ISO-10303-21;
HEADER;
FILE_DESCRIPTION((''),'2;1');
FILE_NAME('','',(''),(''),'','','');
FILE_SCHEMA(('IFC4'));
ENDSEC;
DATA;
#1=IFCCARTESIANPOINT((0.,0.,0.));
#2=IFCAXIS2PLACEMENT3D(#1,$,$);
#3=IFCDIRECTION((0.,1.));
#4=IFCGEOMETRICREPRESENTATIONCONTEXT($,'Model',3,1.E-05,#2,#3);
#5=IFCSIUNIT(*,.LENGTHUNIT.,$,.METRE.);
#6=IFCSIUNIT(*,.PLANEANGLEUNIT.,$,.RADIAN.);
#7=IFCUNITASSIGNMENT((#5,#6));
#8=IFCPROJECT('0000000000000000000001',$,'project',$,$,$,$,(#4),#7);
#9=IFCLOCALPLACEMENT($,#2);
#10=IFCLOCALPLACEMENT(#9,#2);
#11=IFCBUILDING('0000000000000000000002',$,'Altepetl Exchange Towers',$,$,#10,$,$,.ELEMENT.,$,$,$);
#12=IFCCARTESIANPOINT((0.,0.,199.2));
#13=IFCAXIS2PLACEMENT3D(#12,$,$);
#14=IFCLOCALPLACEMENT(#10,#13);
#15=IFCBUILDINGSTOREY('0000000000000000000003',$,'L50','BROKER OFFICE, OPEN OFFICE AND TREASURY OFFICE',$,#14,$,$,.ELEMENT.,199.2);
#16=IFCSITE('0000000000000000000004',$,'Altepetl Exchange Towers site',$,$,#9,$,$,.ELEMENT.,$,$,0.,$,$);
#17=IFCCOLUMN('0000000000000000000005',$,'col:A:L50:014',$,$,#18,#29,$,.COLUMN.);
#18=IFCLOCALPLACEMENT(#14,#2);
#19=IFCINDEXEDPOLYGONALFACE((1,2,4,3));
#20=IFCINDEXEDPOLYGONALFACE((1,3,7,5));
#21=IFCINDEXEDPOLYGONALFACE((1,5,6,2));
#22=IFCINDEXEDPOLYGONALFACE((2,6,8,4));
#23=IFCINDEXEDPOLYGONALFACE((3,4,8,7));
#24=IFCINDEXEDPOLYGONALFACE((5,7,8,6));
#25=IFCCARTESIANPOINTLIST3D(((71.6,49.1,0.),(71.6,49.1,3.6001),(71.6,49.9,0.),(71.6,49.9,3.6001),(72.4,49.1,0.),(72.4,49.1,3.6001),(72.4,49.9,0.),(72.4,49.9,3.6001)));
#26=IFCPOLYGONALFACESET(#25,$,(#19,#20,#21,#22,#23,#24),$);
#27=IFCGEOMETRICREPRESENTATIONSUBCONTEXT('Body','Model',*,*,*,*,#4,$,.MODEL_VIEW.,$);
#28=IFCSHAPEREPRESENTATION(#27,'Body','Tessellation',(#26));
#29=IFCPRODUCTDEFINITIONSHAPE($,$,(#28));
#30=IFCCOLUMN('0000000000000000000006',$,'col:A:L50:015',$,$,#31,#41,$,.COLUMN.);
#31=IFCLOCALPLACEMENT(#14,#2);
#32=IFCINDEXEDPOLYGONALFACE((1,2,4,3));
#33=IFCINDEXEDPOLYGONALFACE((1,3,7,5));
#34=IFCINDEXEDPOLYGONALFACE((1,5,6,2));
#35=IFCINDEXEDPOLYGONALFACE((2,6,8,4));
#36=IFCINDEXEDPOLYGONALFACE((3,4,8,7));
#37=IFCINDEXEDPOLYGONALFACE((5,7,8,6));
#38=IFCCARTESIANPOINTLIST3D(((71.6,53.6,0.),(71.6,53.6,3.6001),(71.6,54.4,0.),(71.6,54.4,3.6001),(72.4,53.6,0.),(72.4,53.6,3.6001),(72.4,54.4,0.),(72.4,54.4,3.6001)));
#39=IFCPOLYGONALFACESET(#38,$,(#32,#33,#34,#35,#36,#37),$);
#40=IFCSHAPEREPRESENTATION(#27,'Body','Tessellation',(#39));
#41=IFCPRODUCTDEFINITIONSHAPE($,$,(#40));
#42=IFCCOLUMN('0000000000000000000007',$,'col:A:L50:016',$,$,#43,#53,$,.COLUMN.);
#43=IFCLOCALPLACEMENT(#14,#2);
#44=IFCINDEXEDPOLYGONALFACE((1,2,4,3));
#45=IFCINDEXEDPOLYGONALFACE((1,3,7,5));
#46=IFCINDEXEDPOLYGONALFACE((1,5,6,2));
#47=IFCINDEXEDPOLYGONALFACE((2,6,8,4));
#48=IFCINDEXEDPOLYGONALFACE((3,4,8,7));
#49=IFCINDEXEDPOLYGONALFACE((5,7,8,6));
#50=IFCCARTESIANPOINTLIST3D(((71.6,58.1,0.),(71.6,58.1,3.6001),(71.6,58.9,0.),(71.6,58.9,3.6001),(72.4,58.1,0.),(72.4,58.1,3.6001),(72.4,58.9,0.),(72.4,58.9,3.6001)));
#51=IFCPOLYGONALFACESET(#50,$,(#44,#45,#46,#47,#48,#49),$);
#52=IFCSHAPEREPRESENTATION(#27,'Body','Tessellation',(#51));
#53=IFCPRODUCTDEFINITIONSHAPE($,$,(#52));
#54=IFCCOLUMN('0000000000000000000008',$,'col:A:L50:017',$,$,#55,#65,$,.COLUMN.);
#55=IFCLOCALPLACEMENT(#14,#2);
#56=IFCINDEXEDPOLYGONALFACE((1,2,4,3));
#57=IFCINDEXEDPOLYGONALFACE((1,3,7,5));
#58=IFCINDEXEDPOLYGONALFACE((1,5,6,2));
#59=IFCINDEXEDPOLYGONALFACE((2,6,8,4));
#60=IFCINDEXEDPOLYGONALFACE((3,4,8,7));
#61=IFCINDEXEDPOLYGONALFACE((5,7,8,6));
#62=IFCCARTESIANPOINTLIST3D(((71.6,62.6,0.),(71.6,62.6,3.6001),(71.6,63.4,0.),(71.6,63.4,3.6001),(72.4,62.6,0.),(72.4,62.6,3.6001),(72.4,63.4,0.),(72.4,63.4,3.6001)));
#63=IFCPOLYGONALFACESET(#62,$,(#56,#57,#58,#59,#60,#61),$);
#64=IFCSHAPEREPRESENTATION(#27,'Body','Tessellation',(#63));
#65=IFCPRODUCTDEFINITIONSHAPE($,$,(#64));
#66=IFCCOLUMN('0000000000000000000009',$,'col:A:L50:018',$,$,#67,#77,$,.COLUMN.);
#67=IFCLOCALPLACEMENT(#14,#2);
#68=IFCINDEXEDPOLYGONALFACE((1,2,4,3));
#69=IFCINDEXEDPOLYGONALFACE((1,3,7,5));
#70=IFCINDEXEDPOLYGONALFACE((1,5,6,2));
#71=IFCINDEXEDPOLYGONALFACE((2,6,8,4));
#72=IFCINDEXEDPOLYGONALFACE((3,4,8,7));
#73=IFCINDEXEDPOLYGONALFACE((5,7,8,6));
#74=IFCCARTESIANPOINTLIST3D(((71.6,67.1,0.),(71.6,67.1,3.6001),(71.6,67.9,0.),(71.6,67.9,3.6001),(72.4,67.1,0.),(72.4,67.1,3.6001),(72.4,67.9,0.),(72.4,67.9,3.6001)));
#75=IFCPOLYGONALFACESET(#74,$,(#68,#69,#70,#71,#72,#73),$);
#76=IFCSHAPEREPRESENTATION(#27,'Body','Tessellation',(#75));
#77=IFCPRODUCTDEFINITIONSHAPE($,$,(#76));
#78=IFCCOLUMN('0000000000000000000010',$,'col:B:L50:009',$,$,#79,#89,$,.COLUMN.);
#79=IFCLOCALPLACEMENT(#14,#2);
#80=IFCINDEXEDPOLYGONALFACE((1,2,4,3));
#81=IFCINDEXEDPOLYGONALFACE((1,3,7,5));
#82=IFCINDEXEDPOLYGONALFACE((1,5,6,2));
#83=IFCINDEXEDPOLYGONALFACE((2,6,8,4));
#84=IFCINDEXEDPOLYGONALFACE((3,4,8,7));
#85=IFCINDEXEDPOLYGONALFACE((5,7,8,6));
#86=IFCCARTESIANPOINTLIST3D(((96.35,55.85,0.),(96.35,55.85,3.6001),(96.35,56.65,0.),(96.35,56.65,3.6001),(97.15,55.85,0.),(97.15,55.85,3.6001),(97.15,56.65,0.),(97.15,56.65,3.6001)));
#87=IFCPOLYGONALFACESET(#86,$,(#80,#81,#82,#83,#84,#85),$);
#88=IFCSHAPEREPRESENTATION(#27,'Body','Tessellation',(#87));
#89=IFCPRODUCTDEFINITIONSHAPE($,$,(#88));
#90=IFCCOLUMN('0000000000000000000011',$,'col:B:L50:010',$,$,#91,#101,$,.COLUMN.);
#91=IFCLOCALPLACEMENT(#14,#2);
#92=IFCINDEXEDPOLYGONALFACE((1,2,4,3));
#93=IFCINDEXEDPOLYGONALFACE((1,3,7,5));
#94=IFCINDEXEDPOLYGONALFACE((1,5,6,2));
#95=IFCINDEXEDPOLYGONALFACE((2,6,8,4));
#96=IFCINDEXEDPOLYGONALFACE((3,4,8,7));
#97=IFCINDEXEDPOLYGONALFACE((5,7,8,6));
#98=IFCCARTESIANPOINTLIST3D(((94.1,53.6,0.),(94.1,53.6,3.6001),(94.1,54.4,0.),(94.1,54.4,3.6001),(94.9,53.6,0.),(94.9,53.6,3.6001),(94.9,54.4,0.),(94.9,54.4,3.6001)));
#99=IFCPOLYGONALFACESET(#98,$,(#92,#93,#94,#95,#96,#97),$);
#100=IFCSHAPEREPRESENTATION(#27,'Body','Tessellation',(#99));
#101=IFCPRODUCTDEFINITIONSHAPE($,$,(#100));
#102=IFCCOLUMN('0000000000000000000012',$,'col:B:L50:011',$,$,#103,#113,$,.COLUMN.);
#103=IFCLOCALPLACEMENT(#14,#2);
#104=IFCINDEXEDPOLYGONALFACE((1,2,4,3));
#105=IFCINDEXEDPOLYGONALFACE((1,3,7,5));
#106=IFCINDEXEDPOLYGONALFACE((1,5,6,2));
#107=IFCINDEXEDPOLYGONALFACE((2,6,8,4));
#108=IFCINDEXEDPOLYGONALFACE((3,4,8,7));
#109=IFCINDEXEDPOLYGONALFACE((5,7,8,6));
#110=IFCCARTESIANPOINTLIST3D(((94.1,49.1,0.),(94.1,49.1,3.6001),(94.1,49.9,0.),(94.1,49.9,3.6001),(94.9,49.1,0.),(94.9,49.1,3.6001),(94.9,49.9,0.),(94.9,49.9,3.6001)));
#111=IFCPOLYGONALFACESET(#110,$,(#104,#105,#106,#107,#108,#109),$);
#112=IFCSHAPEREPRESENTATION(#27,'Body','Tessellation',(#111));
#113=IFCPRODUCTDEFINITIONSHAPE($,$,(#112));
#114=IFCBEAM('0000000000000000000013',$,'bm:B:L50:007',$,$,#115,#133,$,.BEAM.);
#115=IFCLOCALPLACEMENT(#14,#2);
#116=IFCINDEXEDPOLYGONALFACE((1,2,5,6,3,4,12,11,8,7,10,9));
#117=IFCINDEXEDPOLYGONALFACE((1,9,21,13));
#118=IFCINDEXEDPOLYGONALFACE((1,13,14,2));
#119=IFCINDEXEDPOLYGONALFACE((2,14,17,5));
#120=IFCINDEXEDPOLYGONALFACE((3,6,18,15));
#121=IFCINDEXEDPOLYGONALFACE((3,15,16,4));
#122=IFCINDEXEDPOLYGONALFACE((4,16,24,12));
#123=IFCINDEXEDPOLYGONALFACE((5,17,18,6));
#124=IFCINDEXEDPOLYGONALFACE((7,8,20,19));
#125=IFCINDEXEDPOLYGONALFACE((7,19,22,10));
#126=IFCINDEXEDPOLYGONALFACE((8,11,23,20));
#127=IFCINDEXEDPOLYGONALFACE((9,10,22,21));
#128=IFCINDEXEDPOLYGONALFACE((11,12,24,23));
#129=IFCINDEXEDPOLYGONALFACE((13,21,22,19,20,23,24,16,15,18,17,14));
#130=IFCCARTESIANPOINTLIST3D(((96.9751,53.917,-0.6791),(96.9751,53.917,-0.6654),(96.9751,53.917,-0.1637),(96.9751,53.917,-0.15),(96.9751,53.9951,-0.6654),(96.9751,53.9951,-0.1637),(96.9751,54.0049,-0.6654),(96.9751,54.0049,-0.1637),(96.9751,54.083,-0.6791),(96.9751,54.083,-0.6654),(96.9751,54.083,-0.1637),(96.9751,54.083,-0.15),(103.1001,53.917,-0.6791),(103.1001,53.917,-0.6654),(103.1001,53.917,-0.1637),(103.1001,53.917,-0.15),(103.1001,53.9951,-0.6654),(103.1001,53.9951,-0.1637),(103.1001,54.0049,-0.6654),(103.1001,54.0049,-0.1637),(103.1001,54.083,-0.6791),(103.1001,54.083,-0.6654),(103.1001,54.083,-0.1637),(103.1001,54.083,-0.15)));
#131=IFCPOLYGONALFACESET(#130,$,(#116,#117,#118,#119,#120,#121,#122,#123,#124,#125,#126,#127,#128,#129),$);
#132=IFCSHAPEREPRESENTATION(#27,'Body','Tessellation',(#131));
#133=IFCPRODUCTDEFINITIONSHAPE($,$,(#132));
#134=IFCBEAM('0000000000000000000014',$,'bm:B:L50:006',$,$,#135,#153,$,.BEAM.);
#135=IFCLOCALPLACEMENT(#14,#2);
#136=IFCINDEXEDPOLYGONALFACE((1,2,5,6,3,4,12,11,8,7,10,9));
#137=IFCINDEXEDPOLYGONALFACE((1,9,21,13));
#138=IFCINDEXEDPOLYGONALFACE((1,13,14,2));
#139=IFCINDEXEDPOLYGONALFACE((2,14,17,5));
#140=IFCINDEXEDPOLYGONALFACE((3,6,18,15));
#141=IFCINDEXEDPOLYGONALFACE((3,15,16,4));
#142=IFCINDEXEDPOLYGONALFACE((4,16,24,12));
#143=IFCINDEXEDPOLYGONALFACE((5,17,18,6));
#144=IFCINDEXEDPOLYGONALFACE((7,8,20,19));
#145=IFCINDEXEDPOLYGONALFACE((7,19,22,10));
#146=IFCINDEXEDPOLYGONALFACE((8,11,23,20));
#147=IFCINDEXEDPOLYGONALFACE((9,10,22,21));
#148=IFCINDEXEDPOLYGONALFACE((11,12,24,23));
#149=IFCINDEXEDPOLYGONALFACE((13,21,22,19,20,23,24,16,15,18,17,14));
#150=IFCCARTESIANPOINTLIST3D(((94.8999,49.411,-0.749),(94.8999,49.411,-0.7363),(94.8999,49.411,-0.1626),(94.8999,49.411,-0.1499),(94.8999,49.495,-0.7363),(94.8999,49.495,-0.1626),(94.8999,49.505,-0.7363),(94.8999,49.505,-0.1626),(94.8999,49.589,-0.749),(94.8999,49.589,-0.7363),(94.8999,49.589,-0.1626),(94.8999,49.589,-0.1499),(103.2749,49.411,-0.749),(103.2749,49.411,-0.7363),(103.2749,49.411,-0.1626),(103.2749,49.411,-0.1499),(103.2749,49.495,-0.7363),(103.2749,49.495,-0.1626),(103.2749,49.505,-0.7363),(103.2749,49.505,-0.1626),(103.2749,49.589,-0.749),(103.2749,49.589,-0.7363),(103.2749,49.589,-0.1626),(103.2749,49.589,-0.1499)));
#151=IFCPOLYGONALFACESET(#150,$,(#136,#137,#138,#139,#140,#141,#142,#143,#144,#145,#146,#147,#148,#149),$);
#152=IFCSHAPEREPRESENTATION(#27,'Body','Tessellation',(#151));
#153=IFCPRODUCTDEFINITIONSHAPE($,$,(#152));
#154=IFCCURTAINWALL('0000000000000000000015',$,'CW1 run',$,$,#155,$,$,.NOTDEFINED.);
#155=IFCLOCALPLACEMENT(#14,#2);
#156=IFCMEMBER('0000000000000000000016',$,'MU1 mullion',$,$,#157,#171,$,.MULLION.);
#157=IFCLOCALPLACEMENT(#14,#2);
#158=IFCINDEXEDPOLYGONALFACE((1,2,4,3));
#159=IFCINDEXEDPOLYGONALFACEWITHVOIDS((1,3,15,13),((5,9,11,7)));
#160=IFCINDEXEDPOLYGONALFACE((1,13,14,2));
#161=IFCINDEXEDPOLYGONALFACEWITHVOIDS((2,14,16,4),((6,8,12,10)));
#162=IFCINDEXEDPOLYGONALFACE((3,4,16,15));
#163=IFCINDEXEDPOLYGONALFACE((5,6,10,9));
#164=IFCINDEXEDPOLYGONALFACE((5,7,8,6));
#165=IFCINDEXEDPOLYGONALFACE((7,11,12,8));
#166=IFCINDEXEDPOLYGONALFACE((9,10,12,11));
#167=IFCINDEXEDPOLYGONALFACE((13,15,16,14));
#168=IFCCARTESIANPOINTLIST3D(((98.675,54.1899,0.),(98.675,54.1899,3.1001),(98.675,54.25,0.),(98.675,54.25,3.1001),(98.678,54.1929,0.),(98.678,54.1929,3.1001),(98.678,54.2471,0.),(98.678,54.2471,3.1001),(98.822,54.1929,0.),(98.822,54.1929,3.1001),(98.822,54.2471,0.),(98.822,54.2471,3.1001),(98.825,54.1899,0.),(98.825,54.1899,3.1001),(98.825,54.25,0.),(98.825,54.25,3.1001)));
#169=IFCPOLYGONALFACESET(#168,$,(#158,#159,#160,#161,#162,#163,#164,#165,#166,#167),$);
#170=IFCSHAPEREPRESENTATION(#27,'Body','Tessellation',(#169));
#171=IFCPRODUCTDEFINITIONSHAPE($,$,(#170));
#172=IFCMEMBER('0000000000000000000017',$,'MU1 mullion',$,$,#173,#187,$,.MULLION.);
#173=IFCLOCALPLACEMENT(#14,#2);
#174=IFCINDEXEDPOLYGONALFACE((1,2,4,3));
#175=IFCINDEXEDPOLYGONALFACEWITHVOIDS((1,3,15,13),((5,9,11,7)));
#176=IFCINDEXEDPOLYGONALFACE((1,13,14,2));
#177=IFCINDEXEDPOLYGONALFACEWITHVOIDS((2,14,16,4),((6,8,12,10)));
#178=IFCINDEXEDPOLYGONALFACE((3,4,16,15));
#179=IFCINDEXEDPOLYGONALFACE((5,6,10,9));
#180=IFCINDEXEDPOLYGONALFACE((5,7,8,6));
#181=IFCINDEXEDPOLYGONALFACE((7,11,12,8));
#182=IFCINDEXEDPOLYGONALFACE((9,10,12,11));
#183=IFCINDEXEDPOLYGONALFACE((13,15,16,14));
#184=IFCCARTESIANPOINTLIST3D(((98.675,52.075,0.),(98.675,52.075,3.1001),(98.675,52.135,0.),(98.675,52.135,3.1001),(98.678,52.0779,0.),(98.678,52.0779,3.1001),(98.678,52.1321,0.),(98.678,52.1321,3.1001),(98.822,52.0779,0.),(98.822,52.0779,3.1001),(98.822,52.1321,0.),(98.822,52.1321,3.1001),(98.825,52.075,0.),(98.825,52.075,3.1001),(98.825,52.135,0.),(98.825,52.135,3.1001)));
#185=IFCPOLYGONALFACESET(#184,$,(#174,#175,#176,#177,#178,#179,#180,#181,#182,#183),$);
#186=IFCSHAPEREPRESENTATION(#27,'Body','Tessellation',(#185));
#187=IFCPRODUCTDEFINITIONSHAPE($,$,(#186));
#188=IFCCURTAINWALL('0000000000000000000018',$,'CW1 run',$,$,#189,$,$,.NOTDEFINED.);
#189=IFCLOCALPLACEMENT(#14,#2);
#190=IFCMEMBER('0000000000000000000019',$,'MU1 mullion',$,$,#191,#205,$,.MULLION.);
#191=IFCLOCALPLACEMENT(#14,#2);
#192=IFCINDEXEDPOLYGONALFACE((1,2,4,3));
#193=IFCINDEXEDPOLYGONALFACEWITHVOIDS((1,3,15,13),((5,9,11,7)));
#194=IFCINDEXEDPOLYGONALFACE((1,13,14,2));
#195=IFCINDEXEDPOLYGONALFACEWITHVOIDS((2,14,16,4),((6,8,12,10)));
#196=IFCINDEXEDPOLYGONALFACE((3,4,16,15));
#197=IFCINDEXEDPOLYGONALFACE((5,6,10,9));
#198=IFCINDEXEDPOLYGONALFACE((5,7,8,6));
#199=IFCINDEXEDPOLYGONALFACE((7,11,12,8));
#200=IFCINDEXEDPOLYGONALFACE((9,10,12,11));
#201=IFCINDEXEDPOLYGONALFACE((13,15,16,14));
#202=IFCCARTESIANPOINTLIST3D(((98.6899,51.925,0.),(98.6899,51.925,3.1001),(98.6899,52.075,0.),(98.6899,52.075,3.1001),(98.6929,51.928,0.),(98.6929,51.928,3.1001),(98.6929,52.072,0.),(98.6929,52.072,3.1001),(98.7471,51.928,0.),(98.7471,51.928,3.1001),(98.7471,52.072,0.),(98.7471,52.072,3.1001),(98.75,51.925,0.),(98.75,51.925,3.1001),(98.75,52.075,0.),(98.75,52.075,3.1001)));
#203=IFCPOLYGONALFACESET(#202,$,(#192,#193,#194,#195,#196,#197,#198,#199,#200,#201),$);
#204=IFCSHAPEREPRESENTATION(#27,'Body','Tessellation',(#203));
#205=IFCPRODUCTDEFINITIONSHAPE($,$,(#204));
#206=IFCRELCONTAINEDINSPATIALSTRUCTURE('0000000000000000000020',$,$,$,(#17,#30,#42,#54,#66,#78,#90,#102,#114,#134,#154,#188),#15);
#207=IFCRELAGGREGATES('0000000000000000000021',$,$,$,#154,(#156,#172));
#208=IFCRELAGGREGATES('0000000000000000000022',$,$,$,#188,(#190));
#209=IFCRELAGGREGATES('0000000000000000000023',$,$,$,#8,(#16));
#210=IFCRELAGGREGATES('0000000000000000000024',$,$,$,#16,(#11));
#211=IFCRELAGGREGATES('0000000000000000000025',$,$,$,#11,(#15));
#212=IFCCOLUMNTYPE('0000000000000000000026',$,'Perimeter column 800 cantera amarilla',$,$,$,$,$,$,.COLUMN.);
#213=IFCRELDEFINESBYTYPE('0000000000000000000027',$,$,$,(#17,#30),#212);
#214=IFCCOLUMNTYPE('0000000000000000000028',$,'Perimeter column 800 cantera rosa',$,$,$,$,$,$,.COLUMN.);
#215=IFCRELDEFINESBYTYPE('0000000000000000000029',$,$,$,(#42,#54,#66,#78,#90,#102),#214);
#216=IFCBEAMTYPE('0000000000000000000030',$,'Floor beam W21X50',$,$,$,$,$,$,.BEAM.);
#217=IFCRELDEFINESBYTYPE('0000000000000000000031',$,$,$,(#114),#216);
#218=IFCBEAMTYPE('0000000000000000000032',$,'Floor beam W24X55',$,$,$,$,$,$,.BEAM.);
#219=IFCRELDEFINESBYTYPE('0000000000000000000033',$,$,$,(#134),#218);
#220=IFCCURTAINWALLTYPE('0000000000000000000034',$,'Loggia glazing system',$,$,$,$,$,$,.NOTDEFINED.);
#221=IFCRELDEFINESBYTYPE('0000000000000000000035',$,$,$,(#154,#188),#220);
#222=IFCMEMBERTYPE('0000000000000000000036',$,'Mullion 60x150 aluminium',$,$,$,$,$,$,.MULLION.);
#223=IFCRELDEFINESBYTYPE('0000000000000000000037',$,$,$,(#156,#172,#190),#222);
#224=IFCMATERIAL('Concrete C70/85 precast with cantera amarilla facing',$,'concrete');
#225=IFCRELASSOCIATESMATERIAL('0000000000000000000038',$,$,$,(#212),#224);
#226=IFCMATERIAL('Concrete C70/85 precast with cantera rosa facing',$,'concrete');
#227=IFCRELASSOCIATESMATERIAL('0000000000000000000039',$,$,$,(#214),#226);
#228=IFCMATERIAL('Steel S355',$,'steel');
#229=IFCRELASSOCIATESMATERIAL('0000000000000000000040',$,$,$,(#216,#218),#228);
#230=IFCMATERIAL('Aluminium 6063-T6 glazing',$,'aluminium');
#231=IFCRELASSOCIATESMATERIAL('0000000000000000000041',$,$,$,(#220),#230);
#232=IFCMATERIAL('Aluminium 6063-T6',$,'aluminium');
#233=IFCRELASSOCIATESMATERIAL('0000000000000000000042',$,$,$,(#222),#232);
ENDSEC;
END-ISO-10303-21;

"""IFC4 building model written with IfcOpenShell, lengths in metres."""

from ifc_helpers import new_model, si_unit, direction, frame, origin, origin_2d, place, context, subcontext, project, spatial, rectangle, hollow_rectangle, i_section, extrude, material, material_profile, profile_set, type_object, element, aggregate, save


model = new_model("IFC4")

# Units and contexts
model_context = context("Model", 3, precision=1e-05, world=origin(), true_north=direction((0.0, 1.0)))
body_context = subcontext(model_context, "Body", "Model", "MODEL_VIEW")
ifc_project = project(units=[si_unit("LENGTHUNIT", "METRE"), si_unit("PLANEANGLEUNIT", "RADIAN")], contexts=[model_context])

# Site, building, storey
site_placement = place(None, origin())
site = spatial("IfcSite", under=ifc_project, at=site_placement, Name="Altepetl Exchange Towers site", CompositionType="ELEMENT", RefElevation=0.0)
building_placement = place(site_placement, origin())
building = spatial("IfcBuilding", under=site, at=building_placement, Name="Altepetl Exchange Towers", CompositionType="ELEMENT")
storey_placement = place(building_placement, frame((0.0, 0.0, 199.2)))
storey = spatial("IfcBuildingStorey", under=building, at=storey_placement, Name="L50", Description="BROKER OFFICE, OPEN OFFICE AND TREASURY OFFICE", CompositionType="ELEMENT", Elevation=199.2)

# Columns
ifc_material_1 = material(Name="Concrete C70/85 precast with cantera amarilla facing", Category="concrete")
ifc_material_profile_1 = material_profile(ifc_material_1, rectangle(XDim=0.8, YDim=0.8, at=origin_2d()), Name="800 x 800")
ifc_profile_set_1 = profile_set([ifc_material_profile_1], Name="Concrete C70/85 precast with cantera amarilla facing")
column_type_1 = type_object("IfcColumnType", Name="Perimeter column 800 cantera amarilla", PredefinedType="COLUMN", material=ifc_profile_set_1)
for number, where, name in (
    (1, (72.0, 49.5, 0.0), "col:A:L50:014"),
    (2, (72.0, 54.0, 0.0), "col:A:L50:015"),
):
    element("IfcColumn", number, at=place(storey_placement, frame(where)), inside=storey, type_object=column_type_1, Name=name, PredefinedType="COLUMN", context=body_context, shape_type="SweptSolid", body=[
        extrude(rectangle(XDim=0.8, YDim=0.8, at=origin_2d()), origin(), (0.0, 0.0, 1.0), 3.6001),
    ])
ifc_material_2 = material(Name="Concrete C70/85 precast with cantera rosa facing", Category="concrete")
ifc_material_profile_2 = material_profile(ifc_material_2, rectangle(XDim=0.8, YDim=0.8, at=origin_2d()), Name="800 x 800")
ifc_profile_set_2 = profile_set([ifc_material_profile_2], Name="Concrete C70/85 precast with cantera rosa facing")
column_type_2 = type_object("IfcColumnType", Name="Perimeter column 800 cantera rosa", PredefinedType="COLUMN", material=ifc_profile_set_2)
for number, where, name in (
    (3, (72.0, 58.5, 0.0), "col:A:L50:016"),
    (4, (72.0, 63.0, 0.0), "col:A:L50:017"),
    (5, (72.0, 67.5, 0.0), "col:A:L50:018"),
    (6, (96.75, 56.25, 0.0), "col:B:L50:009"),
    (7, (94.5, 54.0, 0.0), "col:B:L50:010"),
    (8, (94.5, 49.5, 0.0), "col:B:L50:011"),
):
    element("IfcColumn", number, at=place(storey_placement, frame(where)), inside=storey, type_object=column_type_2, Name=name, PredefinedType="COLUMN", context=body_context, shape_type="SweptSolid", body=[
        extrude(rectangle(XDim=0.8, YDim=0.8, at=origin_2d()), origin(), (0.0, 0.0, 1.0), 3.6001),
    ])

# Beams
ifc_material_3 = material(Name="Steel S355", Category="steel")
ifc_material_profile_3 = material_profile(ifc_material_3, i_section(OverallWidth=0.166, OverallDepth=0.5291, WebThickness=0.0098, FlangeThickness=0.0137, at=origin_2d()), Name="W21X50")
ifc_profile_set_3 = profile_set([ifc_material_profile_3], Name="Steel S355")
beam_type_1 = type_object("IfcBeamType", Name="Floor beam W21X50", PredefinedType="BEAM", material=ifc_profile_set_3)
beam_1_placement = place(storey_placement, frame((96.9751, 54.0, -0.4146), z_axis=(1.0, 0.0, 0.0), x_axis=(0.0, 1.0, 0.0)))
element("IfcBeam", 9, at=beam_1_placement, inside=storey, type_object=beam_type_1, Name="bm:B:L50:007", PredefinedType="BEAM", context=body_context, shape_type="SweptSolid", body=[
    extrude(i_section(OverallWidth=0.166, OverallDepth=0.5291, WebThickness=0.0098, FlangeThickness=0.0137, at=origin_2d()), origin(), (0.0, 0.0, 1.0), 6.125),
])
ifc_material_profile_4 = material_profile(ifc_material_3, i_section(OverallWidth=0.178, OverallDepth=0.5991, WebThickness=0.01, FlangeThickness=0.0127, at=origin_2d()), Name="W24X55")
ifc_profile_set_4 = profile_set([ifc_material_profile_4], Name="Steel S355")
beam_type_2 = type_object("IfcBeamType", Name="Floor beam W24X55", PredefinedType="BEAM", material=ifc_profile_set_4)
beam_2_placement = place(storey_placement, frame((94.8999, 49.5, -0.4495), z_axis=(1.0, 0.0, 0.0), x_axis=(0.0, 1.0, 0.0)))
element("IfcBeam", 10, at=beam_2_placement, inside=storey, type_object=beam_type_2, Name="bm:B:L50:006", PredefinedType="BEAM", context=body_context, shape_type="SweptSolid", body=[
    extrude(i_section(OverallWidth=0.178, OverallDepth=0.5991, WebThickness=0.01, FlangeThickness=0.0127, at=origin_2d()), origin(), (0.0, 0.0, 1.0), 8.375),
])

# Curtain walls, members
ifc_material_4 = material(Name="Aluminium 6063-T6 glazing", Category="aluminium")
curtain_wall_type = type_object("IfcCurtainWallType", Name="Loggia glazing system", PredefinedType="NOTDEFINED", material=ifc_material_4)
curtain_wall_1_placement = place(storey_placement, origin())
curtain_wall_1 = element("IfcCurtainWall", 11, at=curtain_wall_1_placement, inside=storey, type_object=curtain_wall_type, Name="CW1 run", PredefinedType="NOTDEFINED")
ifc_material_5 = material(Name="Aluminium 6063-T6", Category="aluminium")
ifc_material_profile_5 = material_profile(ifc_material_5, hollow_rectangle(XDim=0.0601, YDim=0.1499, WallThickness=0.0029, at=origin_2d()), Name="Mullion 60x150 aluminium")
ifc_profile_set_5 = profile_set([ifc_material_profile_5], Name="Aluminium 6063-T6")
member_type = type_object("IfcMemberType", Name="Mullion 60x150 aluminium", PredefinedType="MULLION", material=ifc_profile_set_5)
member_1_placement = place(storey_placement, frame((98.75, 54.22, 0.0), z_axis=(0.0, 0.0, 1.0), x_axis=(0.0, -1.0, 0.0)))
member_1 = element("IfcMember", 12, at=member_1_placement, type_object=member_type, Name="MU1 mullion", PredefinedType="MULLION", context=body_context, shape_type="SweptSolid", body=[
    extrude(hollow_rectangle(XDim=0.0601, YDim=0.1499, WallThickness=0.0029, at=origin_2d()), origin(), (0.0, 0.0, 1.0), 3.1001),
])
member_2_placement = place(storey_placement, frame((98.75, 52.105, 0.0), z_axis=(0.0, 0.0, 1.0), x_axis=(0.0, -1.0, 0.0)))
member_2 = element("IfcMember", 13, at=member_2_placement, type_object=member_type, Name="MU1 mullion", PredefinedType="MULLION", context=body_context, shape_type="SweptSolid", body=[
    extrude(hollow_rectangle(XDim=0.0601, YDim=0.1499, WallThickness=0.0029, at=origin_2d()), origin(), (0.0, 0.0, 1.0), 3.1001),
])
curtain_wall_2_placement = place(storey_placement, origin())
curtain_wall_2 = element("IfcCurtainWall", 14, at=curtain_wall_2_placement, inside=storey, type_object=curtain_wall_type, Name="CW1 run", PredefinedType="NOTDEFINED")
member_3_placement = place(storey_placement, frame((98.72, 52.0, 0.0), z_axis=(0.0, 0.0, 1.0), x_axis=(-1.0, 0.0, 0.0)))
member_3 = element("IfcMember", 15, at=member_3_placement, type_object=member_type, Name="MU1 mullion", PredefinedType="MULLION", context=body_context, shape_type="SweptSolid", body=[
    extrude(hollow_rectangle(XDim=0.0601, YDim=0.1499, WallThickness=0.0029, at=origin_2d()), origin(), (0.0, 0.0, 1.0), 3.1001),
])

aggregate(curtain_wall_1, [member_1, member_2])
aggregate(curtain_wall_2, [member_3])

save(model, "model.ifc")
